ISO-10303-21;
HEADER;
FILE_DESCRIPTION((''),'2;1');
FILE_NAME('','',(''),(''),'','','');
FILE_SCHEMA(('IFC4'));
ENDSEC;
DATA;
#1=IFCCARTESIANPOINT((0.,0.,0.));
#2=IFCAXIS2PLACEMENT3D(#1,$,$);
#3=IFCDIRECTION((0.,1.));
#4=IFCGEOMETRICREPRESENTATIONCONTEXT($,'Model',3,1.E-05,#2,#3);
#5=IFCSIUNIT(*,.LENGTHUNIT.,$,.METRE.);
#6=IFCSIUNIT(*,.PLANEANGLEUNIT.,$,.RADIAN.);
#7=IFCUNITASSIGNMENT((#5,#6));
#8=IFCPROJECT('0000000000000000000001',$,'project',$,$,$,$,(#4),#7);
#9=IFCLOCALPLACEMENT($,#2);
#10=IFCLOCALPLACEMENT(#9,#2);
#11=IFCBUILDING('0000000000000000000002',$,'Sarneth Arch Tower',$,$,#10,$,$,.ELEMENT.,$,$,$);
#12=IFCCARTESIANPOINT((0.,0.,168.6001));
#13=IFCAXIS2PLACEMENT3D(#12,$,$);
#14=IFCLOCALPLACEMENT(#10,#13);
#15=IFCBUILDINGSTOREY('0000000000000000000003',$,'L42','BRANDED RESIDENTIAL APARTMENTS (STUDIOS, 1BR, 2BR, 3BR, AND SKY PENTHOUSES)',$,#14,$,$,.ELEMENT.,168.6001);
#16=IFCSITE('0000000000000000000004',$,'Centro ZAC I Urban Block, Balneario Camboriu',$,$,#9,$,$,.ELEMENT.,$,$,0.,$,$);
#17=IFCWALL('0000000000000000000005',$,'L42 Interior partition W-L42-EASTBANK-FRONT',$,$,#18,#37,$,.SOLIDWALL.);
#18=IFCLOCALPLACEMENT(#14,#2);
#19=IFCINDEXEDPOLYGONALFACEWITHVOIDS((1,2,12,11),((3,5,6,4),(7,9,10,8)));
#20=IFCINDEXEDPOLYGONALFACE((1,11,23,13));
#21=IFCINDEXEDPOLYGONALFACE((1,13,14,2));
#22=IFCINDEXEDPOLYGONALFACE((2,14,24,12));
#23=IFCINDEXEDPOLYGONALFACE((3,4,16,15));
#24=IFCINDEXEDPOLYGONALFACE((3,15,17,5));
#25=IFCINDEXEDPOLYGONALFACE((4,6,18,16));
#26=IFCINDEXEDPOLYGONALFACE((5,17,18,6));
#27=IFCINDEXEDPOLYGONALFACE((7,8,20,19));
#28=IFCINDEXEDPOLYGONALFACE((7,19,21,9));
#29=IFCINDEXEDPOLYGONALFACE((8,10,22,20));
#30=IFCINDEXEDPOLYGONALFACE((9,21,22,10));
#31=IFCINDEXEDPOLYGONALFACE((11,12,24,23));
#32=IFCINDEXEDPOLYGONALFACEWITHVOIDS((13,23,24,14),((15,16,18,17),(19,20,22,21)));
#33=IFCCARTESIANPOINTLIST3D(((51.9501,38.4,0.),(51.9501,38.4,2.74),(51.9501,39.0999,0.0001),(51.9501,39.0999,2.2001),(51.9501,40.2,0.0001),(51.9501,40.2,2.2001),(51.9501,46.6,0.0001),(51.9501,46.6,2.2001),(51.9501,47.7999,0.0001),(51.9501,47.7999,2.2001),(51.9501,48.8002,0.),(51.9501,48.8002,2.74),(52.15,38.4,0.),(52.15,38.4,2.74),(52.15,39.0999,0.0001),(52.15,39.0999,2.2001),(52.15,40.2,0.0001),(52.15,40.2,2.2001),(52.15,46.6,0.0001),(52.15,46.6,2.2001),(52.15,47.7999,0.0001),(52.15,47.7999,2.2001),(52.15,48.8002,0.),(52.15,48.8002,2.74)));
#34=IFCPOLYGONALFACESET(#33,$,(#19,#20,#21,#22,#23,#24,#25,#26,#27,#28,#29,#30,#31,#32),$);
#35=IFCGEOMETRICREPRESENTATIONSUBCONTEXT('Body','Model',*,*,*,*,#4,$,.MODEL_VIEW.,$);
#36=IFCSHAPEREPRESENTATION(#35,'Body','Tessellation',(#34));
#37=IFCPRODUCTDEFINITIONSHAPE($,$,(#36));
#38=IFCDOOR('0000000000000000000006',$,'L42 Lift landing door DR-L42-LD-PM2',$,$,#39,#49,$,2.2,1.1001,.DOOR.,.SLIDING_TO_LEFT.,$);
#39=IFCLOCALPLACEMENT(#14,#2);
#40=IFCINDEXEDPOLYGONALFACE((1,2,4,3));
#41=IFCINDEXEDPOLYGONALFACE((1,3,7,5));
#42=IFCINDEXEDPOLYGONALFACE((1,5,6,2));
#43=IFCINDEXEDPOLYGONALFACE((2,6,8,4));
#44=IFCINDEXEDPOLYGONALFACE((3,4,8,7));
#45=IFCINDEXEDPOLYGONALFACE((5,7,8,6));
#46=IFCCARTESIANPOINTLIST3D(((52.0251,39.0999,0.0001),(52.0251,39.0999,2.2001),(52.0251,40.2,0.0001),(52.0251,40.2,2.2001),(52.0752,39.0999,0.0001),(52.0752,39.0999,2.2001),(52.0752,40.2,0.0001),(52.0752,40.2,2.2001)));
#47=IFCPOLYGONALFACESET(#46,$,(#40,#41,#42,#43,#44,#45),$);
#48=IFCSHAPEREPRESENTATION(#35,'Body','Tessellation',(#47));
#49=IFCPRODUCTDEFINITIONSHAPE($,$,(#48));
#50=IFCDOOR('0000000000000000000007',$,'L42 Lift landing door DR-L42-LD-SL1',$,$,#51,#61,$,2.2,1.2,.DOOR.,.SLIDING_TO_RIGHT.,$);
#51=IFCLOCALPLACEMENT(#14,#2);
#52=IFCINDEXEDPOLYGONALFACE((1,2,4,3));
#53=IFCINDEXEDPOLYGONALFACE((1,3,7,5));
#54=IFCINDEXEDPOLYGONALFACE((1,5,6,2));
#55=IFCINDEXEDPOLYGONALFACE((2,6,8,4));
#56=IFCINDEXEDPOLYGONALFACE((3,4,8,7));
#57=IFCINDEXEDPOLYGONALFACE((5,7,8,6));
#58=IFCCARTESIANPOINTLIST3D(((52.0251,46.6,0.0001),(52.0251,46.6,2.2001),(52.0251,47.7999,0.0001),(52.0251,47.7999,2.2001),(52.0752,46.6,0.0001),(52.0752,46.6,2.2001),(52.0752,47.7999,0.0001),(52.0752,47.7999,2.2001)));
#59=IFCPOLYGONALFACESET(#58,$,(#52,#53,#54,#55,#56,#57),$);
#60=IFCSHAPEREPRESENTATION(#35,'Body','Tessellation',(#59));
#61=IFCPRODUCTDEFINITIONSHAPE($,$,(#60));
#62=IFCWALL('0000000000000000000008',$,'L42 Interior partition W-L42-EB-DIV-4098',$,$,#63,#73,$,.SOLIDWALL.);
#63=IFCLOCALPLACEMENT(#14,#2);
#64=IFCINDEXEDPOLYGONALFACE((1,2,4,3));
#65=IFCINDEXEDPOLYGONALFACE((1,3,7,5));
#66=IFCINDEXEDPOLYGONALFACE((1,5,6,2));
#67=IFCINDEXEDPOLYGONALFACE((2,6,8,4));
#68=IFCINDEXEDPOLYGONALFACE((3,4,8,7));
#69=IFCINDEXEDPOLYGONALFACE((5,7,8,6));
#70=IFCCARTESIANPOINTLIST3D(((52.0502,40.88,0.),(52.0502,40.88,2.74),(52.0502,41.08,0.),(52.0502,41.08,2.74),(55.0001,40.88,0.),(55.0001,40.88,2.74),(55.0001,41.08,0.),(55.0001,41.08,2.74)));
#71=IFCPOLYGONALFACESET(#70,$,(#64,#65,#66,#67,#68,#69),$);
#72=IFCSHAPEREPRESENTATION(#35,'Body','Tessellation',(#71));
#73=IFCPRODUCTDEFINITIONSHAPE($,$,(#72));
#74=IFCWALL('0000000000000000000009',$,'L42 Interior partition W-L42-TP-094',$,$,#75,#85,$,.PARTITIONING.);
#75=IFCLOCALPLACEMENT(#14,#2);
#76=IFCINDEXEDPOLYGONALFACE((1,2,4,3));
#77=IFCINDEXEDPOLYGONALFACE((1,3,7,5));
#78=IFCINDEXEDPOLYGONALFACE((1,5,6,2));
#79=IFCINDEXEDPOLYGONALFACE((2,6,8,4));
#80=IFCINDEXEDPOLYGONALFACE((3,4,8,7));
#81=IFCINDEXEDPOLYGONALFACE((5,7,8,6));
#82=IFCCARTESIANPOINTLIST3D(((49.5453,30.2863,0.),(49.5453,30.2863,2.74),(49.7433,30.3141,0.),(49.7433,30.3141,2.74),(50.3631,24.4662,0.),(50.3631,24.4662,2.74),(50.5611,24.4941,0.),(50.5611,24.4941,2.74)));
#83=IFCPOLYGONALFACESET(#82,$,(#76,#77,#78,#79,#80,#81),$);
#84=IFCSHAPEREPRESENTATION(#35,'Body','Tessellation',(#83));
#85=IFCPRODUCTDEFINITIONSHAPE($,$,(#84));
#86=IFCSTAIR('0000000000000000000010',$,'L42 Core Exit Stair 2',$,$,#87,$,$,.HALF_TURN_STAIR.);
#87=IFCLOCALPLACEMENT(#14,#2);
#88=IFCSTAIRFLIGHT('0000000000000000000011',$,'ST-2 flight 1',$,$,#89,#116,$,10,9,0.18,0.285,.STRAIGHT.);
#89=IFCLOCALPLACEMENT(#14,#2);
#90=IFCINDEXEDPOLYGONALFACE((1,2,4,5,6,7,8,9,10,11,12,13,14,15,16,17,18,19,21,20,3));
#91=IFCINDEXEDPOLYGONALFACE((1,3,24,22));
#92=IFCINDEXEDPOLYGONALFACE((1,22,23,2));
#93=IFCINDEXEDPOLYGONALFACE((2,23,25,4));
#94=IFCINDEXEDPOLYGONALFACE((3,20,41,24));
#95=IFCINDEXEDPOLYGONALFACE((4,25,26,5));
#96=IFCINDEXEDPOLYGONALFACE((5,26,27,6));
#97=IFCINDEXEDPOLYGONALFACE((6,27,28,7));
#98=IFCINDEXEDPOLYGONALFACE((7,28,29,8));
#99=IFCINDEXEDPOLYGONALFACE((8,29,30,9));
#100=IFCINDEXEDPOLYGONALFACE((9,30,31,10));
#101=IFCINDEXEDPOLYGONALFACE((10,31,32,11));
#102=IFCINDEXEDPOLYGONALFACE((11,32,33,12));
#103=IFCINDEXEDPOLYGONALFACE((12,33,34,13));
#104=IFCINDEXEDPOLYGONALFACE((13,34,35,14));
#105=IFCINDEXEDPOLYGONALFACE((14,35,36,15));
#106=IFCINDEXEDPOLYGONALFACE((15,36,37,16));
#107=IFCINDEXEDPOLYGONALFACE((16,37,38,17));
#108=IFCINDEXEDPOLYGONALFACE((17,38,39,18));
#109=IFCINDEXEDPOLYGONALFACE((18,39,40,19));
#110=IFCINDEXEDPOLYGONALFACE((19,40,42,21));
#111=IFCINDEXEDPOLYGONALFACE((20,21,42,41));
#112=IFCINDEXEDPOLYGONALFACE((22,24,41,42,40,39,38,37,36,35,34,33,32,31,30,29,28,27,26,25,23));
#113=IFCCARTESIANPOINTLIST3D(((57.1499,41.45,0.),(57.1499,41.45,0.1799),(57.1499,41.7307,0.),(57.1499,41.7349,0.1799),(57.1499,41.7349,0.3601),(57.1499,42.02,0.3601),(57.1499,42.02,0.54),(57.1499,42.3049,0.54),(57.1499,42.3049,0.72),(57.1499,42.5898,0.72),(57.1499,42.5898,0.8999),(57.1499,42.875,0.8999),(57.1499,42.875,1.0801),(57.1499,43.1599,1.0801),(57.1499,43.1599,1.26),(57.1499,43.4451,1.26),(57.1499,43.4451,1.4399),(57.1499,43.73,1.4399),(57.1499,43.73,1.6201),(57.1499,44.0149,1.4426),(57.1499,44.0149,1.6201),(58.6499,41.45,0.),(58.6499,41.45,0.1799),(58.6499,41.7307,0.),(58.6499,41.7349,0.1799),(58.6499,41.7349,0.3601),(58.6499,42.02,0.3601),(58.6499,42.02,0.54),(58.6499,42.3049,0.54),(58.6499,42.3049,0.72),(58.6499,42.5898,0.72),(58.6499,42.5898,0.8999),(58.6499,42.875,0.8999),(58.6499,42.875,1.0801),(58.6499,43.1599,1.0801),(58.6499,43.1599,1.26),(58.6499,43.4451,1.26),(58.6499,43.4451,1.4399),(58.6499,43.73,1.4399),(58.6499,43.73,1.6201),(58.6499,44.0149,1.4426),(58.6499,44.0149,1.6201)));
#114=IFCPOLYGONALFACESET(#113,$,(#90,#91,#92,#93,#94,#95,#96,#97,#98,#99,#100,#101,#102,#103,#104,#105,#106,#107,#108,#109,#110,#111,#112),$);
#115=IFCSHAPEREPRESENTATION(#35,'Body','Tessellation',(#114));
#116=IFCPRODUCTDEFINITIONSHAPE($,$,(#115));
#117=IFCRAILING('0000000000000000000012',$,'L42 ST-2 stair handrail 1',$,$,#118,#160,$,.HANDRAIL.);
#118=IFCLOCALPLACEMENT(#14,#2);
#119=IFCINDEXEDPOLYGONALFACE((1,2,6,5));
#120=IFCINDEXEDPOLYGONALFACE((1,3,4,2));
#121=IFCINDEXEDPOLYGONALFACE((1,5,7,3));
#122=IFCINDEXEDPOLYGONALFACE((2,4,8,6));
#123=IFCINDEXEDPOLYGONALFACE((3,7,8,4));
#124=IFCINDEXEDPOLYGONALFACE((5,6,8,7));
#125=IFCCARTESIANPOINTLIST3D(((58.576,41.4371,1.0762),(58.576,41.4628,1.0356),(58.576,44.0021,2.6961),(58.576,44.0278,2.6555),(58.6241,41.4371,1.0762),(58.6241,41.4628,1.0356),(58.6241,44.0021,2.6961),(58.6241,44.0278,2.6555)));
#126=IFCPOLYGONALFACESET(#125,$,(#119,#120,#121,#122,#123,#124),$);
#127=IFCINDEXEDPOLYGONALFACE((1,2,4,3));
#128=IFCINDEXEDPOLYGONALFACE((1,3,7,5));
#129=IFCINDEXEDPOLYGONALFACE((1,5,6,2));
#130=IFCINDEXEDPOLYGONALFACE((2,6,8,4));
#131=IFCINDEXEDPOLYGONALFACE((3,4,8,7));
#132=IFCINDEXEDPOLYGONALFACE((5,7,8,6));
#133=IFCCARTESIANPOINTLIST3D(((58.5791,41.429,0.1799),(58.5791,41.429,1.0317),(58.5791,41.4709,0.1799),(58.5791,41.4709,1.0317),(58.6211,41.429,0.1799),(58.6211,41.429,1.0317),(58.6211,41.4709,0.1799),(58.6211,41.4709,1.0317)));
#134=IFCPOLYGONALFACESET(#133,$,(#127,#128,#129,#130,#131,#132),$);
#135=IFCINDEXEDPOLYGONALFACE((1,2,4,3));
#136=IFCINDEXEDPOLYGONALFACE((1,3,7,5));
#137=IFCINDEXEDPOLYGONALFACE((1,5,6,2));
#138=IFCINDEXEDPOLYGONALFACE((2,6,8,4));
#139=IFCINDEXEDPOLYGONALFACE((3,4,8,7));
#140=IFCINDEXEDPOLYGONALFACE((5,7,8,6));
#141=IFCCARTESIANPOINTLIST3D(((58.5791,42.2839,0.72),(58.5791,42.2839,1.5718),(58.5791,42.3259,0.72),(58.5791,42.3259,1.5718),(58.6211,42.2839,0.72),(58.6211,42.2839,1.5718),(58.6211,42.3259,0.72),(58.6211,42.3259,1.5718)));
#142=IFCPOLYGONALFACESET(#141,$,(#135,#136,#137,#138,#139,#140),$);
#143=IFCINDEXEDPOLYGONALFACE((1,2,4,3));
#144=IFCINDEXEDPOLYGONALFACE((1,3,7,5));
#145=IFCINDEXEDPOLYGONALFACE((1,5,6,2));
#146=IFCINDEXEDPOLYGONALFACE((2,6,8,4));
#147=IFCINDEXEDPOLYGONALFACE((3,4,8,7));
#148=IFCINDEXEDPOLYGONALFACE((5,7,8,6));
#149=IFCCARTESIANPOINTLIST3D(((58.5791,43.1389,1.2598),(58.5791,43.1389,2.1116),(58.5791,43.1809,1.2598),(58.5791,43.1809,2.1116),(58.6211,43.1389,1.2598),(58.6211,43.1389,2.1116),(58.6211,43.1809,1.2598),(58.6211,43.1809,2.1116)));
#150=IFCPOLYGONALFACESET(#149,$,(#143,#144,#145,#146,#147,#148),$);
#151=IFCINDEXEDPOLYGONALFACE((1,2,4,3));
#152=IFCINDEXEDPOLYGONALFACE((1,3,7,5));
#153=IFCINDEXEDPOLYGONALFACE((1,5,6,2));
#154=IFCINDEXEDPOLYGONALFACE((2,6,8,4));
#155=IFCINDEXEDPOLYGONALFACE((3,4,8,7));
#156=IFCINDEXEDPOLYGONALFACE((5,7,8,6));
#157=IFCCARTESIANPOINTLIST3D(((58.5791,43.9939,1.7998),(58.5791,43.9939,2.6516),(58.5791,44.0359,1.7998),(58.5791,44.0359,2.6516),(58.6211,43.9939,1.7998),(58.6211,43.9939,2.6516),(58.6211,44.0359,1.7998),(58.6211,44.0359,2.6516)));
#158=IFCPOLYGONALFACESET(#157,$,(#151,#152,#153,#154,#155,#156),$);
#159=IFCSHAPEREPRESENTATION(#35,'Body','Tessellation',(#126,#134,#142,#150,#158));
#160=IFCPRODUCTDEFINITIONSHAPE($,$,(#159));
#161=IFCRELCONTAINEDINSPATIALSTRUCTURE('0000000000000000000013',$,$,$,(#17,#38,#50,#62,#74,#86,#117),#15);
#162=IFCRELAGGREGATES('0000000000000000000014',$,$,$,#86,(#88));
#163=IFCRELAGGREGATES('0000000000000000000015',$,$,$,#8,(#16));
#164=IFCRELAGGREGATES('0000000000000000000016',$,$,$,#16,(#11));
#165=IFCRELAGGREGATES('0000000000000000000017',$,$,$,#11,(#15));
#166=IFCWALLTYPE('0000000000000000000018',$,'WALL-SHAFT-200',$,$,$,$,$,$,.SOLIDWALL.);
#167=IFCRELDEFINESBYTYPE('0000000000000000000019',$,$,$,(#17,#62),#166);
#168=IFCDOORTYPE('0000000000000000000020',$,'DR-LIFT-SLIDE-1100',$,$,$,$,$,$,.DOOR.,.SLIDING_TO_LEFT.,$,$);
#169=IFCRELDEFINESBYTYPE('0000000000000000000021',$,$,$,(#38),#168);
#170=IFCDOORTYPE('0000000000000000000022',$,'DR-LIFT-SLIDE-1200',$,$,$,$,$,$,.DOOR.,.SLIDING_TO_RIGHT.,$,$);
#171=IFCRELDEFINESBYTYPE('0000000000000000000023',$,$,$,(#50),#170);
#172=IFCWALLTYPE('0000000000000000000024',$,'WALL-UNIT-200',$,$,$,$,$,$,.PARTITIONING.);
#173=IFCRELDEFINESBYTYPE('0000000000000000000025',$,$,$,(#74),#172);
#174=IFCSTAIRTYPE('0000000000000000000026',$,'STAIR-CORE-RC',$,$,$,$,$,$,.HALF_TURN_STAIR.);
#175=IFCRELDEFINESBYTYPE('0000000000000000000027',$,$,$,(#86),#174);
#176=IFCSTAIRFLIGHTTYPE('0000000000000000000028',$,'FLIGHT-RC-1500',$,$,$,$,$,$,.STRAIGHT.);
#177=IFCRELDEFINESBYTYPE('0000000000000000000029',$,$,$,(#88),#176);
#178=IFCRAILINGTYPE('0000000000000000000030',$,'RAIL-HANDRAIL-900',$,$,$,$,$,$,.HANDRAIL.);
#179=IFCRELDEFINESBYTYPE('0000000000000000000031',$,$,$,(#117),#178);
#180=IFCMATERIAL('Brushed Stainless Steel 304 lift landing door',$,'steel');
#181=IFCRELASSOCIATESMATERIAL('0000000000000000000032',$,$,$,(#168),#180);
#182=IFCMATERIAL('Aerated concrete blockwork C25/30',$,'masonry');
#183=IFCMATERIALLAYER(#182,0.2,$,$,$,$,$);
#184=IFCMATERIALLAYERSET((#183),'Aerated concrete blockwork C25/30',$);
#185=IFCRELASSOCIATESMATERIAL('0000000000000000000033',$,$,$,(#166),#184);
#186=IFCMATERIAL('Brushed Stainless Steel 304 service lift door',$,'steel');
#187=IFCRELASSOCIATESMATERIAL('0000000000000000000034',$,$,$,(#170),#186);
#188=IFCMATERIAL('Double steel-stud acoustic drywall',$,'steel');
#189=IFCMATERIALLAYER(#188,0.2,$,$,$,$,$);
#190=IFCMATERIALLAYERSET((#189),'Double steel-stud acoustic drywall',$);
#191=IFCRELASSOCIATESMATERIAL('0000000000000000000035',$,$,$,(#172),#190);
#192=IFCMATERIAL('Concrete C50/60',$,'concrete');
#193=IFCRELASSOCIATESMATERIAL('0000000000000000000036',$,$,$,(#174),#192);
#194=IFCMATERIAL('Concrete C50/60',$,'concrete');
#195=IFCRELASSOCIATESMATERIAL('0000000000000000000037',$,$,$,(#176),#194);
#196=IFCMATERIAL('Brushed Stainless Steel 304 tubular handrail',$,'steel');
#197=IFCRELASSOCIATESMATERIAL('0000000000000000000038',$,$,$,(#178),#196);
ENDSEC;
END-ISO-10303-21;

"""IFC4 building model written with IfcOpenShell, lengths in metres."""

from ifc_helpers import new_model, si_unit, direction, frame, frame_2d, origin, origin_2d, place, context, subcontext, project, spatial, polyline, rectangle, outline, extrude, material, layer, layer_set, type_object, element, fill, aggregate, save


model = new_model("IFC4")

# Units and contexts
model_context = context("Model", 3, precision=1e-05, world=origin(), true_north=direction((0.0, 1.0)))
body_context = subcontext(model_context, "Body", "Model", "MODEL_VIEW")
ifc_project = project(units=[si_unit("LENGTHUNIT", "METRE"), si_unit("PLANEANGLEUNIT", "RADIAN")], contexts=[model_context])

# Site, building, storey
site_placement = place(None, origin())
site = spatial("IfcSite", under=ifc_project, at=site_placement, Name="Centro ZAC I Urban Block, Balneario Camboriu", CompositionType="ELEMENT", RefElevation=0.0)
building_placement = place(site_placement, origin())
building = spatial("IfcBuilding", under=site, at=building_placement, Name="Sarneth Arch Tower", CompositionType="ELEMENT")
storey_placement = place(building_placement, frame((0.0, 0.0, 168.6001)))
storey = spatial("IfcBuildingStorey", under=building, at=storey_placement, Name="L42", Description="BRANDED RESIDENTIAL APARTMENTS (STUDIOS, 1BR, 2BR, 3BR, AND SKY PENTHOUSES)", CompositionType="ELEMENT", Elevation=168.6001)

# Shared definitions
ifc_material_1 = material(Name="Brushed Stainless Steel 304 lift landing door", Category="steel")
door_type_1 = type_object("IfcDoorType", Name="DR-LIFT-SLIDE-1100", OperationType="SLIDING_TO_LEFT", PredefinedType="DOOR", material=ifc_material_1)

# Shared definitions
ifc_material_2 = material(Name="Aerated concrete blockwork C25/30", Category="masonry")
ifc_layer_1 = layer(ifc_material_2, 0.2)
ifc_layer_set_1 = layer_set([ifc_layer_1], Name="Aerated concrete blockwork C25/30")
wall_type_1 = type_object("IfcWallType", Name="WALL-SHAFT-200", PredefinedType="SOLIDWALL", material=ifc_layer_set_1)

# Wall, openings, doors
wall_1_placement = place(storey_placement, frame((52.05, 38.3999, 0.0), z_axis=(0.0, 0.0, 1.0), x_axis=(0.0, 1.0, 0.0)))
wall_1 = element("IfcWall", 1, at=wall_1_placement, inside=storey, type_object=wall_type_1, Name="L42 Interior partition W-L42-EASTBANK-FRONT", PredefinedType="SOLIDWALL", context=body_context, shape_type="SweptSolid", body=[
    extrude(rectangle(XDim=10.4001, YDim=0.2, at=frame_2d((5.2002, 0.0))), origin(), (0.0, 0.0, 1.0), 2.74),
])
opening_1_placement = place(wall_1_placement, frame((0.7, 0.0, 0.0)))
opening_1 = element("IfcOpeningElement", 2, at=opening_1_placement, cuts=wall_1, PredefinedType="OPENING", context=body_context, shape_type="SweptSolid", body=[
    extrude(rectangle(XDim=1.1001, YDim=2.2, at=frame_2d((0.55, 1.1001))), frame((0.0, 0.1099, 0.0), z_axis=(0.0, -1.0, 0.0), x_axis=(1.0, 0.0, 0.0)), (0.0, 0.0, 1.0), 0.22),
])
opening_2_placement = place(wall_1_placement, frame((8.2, 0.0, 0.0)))
opening_2 = element("IfcOpeningElement", 3, at=opening_2_placement, cuts=wall_1, PredefinedType="OPENING", context=body_context, shape_type="SweptSolid", body=[
    extrude(rectangle(XDim=1.2, YDim=2.2, at=frame_2d((0.6001, 1.1001))), frame((0.0, 0.1099, 0.0), z_axis=(0.0, -1.0, 0.0), x_axis=(1.0, 0.0, 0.0)), (0.0, 0.0, 1.0), 0.22),
])
door_1_placement = place(opening_1_placement, origin())
door_1 = element("IfcDoor", 4, at=door_1_placement, inside=storey, type_object=door_type_1, Name="L42 Lift landing door DR-L42-LD-PM2", OperationType="SLIDING_TO_LEFT", OverallHeight=2.2, OverallWidth=1.1001, PredefinedType="DOOR", context=body_context, shape_type="SweptSolid", body=[
    extrude(rectangle(XDim=1.1001, YDim=2.2, at=frame_2d((0.55, 1.1001))), frame((0.0, 0.0249, 0.0), z_axis=(0.0, -1.0, 0.0), x_axis=(1.0, 0.0, 0.0)), (0.0, 0.0, 1.0), 0.05),
])
fill(opening_1, door_1)
ifc_material_3 = material(Name="Brushed Stainless Steel 304 service lift door", Category="steel")
door_type_2 = type_object("IfcDoorType", Name="DR-LIFT-SLIDE-1200", OperationType="SLIDING_TO_RIGHT", PredefinedType="DOOR", material=ifc_material_3)
door_2_placement = place(opening_2_placement, origin())
door_2 = element("IfcDoor", 5, at=door_2_placement, inside=storey, type_object=door_type_2, Name="L42 Lift landing door DR-L42-LD-SL1", OperationType="SLIDING_TO_RIGHT", OverallHeight=2.2, OverallWidth=1.2, PredefinedType="DOOR", context=body_context, shape_type="SweptSolid", body=[
    extrude(rectangle(XDim=1.2, YDim=2.2, at=frame_2d((0.6001, 1.1001))), frame((0.0, 0.0249, 0.0), z_axis=(0.0, -1.0, 0.0), x_axis=(1.0, 0.0, 0.0)), (0.0, 0.0, 1.0), 0.05),
])
fill(opening_2, door_2)

# Walls
wall_2_placement = place(storey_placement, frame((52.05, 40.98, 0.0), z_axis=(0.0, 0.0, 1.0), x_axis=(1.0, 0.0, 0.0)))
element("IfcWall", 6, at=wall_2_placement, inside=storey, type_object=wall_type_1, Name="L42 Interior partition W-L42-EB-DIV-4098", PredefinedType="SOLIDWALL", context=body_context, shape_type="SweptSolid", body=[
    extrude(rectangle(XDim=2.95, YDim=0.2, at=frame_2d((1.4751, 0.0))), origin(), (0.0, 0.0, 1.0), 2.74),
])
ifc_material_4 = material(Name="Double steel-stud acoustic drywall", Category="steel")
ifc_layer_2 = layer(ifc_material_4, 0.2)
ifc_layer_set_2 = layer_set([ifc_layer_2], Name="Double steel-stud acoustic drywall")
wall_type_2 = type_object("IfcWallType", Name="WALL-UNIT-200", PredefinedType="PARTITIONING", material=ifc_layer_set_2)
wall_3_placement = place(storey_placement, frame((49.6443, 30.3, 0.0), z_axis=(0.0, 0.0, 1.0), x_axis=(0.139159, -0.99027, 0.0)))
element("IfcWall", 7, at=wall_3_placement, inside=storey, type_object=wall_type_2, Name="L42 Interior partition W-L42-TP-094", PredefinedType="PARTITIONING", context=body_context, shape_type="SweptSolid", body=[
    extrude(rectangle(XDim=5.8772, YDim=0.2, at=frame_2d((2.9385, 0.0))), origin(), (0.0, 0.0, 1.0), 2.74),
])

# Stair, stair flight
ifc_material_5 = material(Name="Concrete C50/60", Category="concrete")
stair_type = type_object("IfcStairType", Name="STAIR-CORE-RC", PredefinedType="HALF_TURN_STAIR", material=ifc_material_5)
stair_placement = place(storey_placement, origin())
stair = element("IfcStair", 8, at=stair_placement, inside=storey, type_object=stair_type, Name="L42 Core Exit Stair 2", PredefinedType="HALF_TURN_STAIR")
ifc_material_6 = material(Name="Concrete C50/60", Category="concrete")
stair_flight_type = type_object("IfcStairFlightType", Name="FLIGHT-RC-1500", PredefinedType="STRAIGHT", material=ifc_material_6)
stair_flight_placement = place(storey_placement, frame((57.8999, 41.45, 0.0), z_axis=(0.0, 0.0, 1.0), x_axis=(0.0, 1.0, 0.0)))
stair_flight = element("IfcStairFlight", 9, at=stair_flight_placement, type_object=stair_flight_type, Name="ST-2 flight 1", NumberOfRisers=10, NumberOfTreads=9, PredefinedType="STRAIGHT", RiserHeight=0.18, TreadLength=0.285, context=body_context, shape_type="SweptSolid", body=[
    extrude(outline(polyline([(0.0, 0.0), (0.0, 0.1799), (0.2849, 0.1799), (0.2849, 0.3601), (0.5701, 0.3601), (0.5701, 0.54), (0.855, 0.54), (0.855, 0.72), (1.1399, 0.72), (1.1399, 0.8999), (1.425, 0.8999), (1.425, 1.0801), (1.71, 1.0801), (1.71, 1.26), (1.9951, 1.26), (1.9951, 1.4399), (2.28, 1.4399), (2.28, 1.6201), (2.5649, 1.6201), (2.5649, 1.8), (2.5649, 1.4426), (0.2808, 0.0), (0.0, 0.0)])), frame((0.0, 0.75, 0.0), z_axis=(0.0, -1.0, 0.0), x_axis=(1.0, 0.0, 0.0)), (0.0, 0.0, 1.0), 1.5),
])
aggregate(stair, [stair_flight])

# Railing
ifc_material_7 = material(Name="Brushed Stainless Steel 304 tubular handrail", Category="steel")
railing_type_1 = type_object("IfcRailingType", Name="RAIL-HANDRAIL-900", PredefinedType="HANDRAIL", material=ifc_material_7)
railing_1_placement = place(storey_placement, frame((58.6001, 41.45, 0.1799)))
element("IfcRailing", 10, at=railing_1_placement, inside=storey, type_object=railing_type_1, Name="L42 ST-2 stair handrail 1", PredefinedType="HANDRAIL", context=body_context, shape_type="SweptSolid", body=[
    extrude(rectangle(XDim=0.0481, YDim=0.0481, at=origin_2d()), frame((0.0, 0.0, 0.876), z_axis=(0.0, 0.845502, 0.533972), x_axis=(-1.0, 0.0, 0.0)), (0.0, 0.0, 1.0), 3.0337),
    extrude(rectangle(XDim=0.042, YDim=0.042, at=origin_2d()), origin(), (0.0, 0.0, 1.0), 0.8518),
    extrude(rectangle(XDim=0.042, YDim=0.042, at=origin_2d()), frame((0.0, 0.855, 0.54)), (0.0, 0.0, 1.0), 0.8518),
    extrude(rectangle(XDim=0.042, YDim=0.042, at=origin_2d()), frame((0.0, 1.71, 1.0798)), (0.0, 0.0, 1.0), 0.8518),
    extrude(rectangle(XDim=0.042, YDim=0.042, at=origin_2d()), frame((0.0, 2.5649, 1.6199)), (0.0, 0.0, 1.0), 0.8518),
])

save(model, "model.ifc")
